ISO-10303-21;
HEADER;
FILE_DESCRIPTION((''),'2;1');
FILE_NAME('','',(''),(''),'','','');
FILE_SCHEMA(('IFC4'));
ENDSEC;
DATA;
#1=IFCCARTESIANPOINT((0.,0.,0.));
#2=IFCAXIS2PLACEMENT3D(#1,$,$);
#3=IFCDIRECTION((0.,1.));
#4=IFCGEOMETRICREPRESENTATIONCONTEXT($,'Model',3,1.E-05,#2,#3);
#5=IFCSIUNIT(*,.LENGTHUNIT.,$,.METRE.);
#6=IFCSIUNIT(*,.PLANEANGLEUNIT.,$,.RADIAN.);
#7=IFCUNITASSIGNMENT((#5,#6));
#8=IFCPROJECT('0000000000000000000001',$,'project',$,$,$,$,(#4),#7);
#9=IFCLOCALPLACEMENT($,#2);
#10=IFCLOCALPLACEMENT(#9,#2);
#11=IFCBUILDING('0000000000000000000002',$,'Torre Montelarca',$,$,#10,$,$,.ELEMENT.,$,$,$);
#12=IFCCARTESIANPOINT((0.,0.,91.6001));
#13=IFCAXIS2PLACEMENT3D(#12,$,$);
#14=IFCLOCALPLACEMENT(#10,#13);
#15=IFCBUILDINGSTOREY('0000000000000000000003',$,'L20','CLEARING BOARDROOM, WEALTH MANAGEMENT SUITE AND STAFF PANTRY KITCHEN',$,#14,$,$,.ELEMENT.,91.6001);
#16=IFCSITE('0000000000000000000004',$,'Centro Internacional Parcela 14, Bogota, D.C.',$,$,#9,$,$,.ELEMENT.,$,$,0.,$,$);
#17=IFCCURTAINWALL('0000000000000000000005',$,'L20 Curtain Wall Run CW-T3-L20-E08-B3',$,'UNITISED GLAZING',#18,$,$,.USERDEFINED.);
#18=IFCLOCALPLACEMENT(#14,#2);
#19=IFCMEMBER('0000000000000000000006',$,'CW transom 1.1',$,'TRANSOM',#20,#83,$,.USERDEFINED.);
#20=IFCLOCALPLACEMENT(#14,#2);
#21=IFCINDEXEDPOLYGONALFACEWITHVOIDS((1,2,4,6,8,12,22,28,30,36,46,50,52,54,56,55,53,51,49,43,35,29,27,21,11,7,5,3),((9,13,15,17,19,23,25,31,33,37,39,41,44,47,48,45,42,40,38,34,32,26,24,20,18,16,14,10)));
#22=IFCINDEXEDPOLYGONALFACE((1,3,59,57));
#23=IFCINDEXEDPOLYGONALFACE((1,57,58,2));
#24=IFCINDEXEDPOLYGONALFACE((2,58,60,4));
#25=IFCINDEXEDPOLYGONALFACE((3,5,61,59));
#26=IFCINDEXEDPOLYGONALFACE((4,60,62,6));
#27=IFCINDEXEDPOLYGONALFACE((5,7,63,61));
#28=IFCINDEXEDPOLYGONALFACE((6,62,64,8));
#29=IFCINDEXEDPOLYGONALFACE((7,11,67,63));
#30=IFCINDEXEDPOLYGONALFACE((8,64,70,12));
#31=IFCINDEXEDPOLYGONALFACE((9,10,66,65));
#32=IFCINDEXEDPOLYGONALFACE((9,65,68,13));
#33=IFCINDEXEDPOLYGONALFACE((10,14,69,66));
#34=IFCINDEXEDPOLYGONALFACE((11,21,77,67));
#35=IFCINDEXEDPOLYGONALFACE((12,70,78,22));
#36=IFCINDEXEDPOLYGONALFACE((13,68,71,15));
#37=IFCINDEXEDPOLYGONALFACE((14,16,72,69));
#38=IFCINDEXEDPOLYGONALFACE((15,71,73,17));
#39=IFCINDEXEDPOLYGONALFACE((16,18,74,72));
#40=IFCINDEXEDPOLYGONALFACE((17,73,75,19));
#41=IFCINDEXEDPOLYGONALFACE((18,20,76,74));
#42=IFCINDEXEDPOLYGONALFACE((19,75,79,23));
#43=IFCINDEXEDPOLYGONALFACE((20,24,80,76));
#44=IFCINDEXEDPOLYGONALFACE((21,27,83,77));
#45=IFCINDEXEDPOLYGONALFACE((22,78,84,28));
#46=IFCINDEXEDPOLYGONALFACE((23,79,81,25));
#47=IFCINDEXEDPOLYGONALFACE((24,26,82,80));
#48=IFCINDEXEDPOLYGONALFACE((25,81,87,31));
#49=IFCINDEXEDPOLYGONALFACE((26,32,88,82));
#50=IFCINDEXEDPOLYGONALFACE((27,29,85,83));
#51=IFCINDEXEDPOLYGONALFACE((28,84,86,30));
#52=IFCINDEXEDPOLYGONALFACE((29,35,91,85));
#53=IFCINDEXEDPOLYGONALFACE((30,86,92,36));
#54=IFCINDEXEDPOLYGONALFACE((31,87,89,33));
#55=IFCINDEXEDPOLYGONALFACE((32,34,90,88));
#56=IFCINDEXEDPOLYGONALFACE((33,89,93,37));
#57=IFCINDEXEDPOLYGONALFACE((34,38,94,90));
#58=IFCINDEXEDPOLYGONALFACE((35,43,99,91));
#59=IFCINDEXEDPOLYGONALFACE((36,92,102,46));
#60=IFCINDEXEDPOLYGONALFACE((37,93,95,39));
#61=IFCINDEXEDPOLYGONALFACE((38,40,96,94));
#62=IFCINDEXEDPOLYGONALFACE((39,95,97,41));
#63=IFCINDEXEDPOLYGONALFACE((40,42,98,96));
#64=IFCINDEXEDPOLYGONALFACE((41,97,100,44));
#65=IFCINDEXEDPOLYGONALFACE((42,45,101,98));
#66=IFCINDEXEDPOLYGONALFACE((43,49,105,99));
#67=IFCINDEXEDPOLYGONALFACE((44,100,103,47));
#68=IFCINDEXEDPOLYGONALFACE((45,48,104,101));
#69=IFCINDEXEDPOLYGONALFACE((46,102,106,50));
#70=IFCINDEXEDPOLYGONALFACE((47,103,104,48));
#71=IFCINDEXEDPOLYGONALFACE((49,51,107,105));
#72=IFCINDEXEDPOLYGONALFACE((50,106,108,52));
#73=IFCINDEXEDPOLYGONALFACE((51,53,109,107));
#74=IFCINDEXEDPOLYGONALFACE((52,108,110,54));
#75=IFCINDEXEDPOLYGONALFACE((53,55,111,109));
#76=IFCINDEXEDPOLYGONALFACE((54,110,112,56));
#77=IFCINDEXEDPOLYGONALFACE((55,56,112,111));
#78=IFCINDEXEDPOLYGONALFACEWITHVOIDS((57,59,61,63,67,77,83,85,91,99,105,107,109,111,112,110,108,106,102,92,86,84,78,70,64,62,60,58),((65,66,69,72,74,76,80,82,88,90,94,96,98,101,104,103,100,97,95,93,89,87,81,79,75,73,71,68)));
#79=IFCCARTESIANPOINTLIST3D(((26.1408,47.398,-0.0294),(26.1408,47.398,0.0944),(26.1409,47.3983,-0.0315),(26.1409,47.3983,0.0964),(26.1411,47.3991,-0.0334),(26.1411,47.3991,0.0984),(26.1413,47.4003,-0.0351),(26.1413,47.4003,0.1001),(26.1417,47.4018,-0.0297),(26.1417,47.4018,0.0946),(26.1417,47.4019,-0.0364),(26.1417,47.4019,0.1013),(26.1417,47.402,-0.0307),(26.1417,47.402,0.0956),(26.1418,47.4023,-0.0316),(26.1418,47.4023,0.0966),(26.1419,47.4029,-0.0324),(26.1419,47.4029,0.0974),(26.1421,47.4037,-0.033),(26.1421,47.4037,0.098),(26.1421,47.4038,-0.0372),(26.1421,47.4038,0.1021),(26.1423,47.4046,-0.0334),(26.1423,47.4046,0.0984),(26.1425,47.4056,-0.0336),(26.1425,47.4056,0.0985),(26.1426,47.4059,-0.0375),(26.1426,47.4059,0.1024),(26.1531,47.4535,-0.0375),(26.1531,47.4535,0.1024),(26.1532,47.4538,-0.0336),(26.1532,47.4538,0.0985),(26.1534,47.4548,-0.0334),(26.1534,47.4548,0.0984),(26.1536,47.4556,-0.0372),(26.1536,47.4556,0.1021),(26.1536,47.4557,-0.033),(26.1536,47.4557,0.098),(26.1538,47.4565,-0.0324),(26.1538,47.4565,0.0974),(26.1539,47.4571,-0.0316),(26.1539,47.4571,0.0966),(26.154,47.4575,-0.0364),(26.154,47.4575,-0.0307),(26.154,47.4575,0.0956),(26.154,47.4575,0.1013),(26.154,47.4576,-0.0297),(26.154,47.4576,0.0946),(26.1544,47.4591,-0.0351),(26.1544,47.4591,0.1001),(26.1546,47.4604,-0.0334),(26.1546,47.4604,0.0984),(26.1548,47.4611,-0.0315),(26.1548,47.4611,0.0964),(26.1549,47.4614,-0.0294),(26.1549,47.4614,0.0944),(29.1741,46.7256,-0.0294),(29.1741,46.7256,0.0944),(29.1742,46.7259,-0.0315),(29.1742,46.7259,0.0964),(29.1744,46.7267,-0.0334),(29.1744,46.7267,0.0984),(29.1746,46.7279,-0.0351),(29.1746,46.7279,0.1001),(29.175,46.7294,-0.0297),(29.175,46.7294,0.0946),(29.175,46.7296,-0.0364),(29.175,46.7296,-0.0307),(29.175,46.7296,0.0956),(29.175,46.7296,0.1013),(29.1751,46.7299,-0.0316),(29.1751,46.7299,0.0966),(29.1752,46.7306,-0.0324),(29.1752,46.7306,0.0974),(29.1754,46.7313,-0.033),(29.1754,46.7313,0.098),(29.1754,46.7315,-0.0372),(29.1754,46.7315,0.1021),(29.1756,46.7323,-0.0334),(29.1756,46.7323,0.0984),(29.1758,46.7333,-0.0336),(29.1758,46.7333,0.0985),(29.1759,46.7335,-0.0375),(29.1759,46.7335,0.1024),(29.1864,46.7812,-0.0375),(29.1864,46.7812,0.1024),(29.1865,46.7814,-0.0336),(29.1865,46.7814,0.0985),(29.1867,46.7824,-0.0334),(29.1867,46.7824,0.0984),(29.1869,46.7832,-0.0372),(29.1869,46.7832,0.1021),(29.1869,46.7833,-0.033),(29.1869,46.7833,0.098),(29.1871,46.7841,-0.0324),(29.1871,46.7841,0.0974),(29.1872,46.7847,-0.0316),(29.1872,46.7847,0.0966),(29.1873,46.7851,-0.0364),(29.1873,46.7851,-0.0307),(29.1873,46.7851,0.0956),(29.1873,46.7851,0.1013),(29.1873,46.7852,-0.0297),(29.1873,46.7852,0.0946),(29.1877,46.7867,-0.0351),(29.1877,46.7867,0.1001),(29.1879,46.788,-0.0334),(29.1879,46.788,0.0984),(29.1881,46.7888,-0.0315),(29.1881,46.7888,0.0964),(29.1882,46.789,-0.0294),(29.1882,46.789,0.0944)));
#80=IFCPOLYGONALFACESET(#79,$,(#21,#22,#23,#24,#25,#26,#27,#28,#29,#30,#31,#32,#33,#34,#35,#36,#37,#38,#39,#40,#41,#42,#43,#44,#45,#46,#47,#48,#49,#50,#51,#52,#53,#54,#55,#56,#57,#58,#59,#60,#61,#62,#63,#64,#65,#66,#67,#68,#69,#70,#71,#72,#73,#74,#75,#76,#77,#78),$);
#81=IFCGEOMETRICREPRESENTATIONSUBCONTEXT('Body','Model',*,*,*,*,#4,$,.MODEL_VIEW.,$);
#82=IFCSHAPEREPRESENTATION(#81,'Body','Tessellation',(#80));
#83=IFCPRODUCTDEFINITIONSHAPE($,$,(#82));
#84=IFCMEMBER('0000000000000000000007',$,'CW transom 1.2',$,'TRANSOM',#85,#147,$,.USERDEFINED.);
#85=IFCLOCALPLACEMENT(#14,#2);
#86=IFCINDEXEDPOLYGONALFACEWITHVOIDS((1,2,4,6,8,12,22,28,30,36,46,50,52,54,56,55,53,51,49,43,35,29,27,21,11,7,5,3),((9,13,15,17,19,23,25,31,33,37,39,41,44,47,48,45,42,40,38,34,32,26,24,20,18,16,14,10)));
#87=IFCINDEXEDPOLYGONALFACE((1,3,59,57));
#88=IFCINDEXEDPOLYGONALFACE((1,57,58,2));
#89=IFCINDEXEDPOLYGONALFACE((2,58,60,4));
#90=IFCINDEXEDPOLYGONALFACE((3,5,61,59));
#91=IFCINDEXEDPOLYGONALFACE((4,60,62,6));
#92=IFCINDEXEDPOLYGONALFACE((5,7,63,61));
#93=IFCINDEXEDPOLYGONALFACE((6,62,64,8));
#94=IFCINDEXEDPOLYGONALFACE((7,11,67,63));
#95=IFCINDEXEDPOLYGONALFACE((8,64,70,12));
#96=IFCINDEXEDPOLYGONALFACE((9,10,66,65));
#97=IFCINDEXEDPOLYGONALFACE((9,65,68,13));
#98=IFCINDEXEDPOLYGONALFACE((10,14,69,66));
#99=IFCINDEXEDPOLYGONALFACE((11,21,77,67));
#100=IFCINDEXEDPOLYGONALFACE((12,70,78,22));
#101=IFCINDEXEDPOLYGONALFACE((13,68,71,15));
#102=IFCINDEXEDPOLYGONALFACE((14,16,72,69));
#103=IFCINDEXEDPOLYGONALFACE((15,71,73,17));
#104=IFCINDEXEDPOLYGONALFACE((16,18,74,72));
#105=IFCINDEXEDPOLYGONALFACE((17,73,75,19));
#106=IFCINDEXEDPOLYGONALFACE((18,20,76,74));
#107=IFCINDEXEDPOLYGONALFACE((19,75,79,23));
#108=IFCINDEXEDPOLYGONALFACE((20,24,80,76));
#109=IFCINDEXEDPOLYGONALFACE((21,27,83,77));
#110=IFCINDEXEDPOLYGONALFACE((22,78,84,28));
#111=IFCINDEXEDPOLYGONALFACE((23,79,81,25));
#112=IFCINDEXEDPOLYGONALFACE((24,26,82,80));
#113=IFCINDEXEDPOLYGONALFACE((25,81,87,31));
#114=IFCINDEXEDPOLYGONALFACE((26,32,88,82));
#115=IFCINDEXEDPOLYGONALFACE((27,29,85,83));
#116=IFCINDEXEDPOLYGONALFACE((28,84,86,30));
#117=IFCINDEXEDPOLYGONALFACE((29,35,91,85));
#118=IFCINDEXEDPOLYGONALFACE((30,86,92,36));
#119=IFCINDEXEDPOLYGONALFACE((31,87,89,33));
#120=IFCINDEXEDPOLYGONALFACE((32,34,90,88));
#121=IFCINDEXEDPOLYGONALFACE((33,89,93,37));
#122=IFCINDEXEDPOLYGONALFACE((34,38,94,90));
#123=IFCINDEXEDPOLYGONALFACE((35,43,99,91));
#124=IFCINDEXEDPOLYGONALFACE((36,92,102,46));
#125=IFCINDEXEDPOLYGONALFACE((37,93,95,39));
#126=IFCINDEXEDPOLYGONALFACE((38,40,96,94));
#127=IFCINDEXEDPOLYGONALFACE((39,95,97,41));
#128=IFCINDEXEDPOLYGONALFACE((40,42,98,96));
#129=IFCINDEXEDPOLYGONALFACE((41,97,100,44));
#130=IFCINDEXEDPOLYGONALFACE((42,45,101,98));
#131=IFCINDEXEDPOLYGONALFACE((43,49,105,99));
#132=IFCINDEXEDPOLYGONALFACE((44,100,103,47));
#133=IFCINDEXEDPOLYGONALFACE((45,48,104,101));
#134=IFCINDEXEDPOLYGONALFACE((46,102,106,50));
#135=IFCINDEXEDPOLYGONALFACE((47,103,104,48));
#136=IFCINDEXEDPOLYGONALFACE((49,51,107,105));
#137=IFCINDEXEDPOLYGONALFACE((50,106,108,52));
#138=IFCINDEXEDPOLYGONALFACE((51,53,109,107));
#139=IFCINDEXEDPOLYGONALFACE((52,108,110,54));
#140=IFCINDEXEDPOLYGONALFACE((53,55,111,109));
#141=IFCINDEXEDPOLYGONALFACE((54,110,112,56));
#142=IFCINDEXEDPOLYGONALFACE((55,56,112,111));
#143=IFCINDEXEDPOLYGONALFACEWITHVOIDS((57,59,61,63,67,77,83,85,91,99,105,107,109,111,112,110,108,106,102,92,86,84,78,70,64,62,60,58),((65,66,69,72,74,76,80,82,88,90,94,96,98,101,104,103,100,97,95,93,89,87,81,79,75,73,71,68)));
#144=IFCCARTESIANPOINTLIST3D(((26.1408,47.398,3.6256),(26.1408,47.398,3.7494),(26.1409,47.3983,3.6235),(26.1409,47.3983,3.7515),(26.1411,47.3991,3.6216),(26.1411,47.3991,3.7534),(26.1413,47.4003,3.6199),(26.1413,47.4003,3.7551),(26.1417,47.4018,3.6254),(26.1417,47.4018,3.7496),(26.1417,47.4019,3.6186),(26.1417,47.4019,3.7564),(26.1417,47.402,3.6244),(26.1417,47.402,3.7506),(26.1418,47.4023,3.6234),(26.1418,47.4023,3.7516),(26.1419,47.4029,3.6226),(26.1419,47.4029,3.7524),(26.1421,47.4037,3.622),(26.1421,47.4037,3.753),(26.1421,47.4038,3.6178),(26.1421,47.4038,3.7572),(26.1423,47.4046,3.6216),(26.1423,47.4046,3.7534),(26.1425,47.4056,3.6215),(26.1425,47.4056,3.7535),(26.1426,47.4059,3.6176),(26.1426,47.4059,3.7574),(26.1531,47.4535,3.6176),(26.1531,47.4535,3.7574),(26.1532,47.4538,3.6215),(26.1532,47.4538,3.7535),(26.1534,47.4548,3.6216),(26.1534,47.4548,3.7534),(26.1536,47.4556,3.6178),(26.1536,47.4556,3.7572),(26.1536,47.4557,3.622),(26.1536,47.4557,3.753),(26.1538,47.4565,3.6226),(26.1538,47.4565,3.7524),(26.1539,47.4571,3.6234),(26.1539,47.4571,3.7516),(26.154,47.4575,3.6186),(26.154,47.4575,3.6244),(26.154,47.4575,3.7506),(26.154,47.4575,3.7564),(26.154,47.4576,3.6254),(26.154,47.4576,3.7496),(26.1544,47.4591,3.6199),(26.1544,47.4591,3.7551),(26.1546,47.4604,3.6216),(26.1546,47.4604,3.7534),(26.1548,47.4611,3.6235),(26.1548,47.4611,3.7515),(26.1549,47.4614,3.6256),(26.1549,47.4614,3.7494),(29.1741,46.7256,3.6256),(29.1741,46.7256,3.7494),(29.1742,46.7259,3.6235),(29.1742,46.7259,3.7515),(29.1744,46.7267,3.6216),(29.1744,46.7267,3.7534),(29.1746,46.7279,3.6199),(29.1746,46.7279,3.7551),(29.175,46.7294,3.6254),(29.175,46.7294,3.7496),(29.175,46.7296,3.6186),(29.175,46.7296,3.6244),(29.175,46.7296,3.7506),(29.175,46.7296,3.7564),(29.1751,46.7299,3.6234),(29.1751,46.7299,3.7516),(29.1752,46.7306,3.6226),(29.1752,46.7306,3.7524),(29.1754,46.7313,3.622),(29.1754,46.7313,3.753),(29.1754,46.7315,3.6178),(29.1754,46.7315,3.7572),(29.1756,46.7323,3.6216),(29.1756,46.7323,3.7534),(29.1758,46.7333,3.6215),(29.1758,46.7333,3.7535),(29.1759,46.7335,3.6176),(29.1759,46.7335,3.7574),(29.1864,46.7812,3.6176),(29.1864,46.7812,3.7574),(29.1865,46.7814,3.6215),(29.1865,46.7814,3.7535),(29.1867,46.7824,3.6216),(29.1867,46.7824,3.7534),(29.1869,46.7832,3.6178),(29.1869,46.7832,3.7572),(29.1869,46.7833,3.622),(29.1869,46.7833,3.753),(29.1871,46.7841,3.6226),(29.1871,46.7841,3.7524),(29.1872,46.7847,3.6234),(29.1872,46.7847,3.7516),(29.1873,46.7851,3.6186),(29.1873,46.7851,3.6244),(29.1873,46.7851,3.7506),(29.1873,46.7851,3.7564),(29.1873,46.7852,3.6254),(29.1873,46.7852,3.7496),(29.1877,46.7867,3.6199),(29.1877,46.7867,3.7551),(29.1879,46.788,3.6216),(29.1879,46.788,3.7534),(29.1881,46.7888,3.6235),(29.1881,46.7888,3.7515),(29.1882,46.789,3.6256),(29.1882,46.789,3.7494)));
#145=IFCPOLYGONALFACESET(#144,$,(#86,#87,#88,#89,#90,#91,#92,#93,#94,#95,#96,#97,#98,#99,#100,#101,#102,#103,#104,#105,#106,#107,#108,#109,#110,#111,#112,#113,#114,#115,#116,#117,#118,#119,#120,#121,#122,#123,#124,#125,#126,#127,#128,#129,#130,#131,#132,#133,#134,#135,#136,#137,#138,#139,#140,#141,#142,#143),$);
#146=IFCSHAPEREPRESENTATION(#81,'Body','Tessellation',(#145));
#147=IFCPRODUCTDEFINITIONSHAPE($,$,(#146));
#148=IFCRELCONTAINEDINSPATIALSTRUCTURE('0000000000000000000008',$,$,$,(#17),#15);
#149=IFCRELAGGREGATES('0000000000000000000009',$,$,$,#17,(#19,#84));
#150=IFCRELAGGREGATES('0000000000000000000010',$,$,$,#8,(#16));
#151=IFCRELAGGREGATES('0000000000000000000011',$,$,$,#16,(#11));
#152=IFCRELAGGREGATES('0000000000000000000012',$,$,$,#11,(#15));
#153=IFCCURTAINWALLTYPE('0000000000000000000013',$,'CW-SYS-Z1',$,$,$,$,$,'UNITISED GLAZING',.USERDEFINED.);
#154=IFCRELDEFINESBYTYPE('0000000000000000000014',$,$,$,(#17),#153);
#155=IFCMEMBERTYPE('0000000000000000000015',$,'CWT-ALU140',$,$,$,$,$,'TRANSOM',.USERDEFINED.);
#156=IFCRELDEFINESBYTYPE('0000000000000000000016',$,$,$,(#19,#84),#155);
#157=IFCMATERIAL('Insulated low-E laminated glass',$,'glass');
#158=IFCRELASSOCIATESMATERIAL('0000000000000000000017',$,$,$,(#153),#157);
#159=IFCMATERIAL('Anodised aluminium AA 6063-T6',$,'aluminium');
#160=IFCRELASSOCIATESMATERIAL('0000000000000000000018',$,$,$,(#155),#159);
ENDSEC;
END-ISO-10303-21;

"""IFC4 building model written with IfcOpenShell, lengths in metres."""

from ifc_helpers import new_model, si_unit, direction, frame, origin, origin_2d, place, context, subcontext, project, spatial, hollow_rectangle, extrude, source, transform, mapped, material, material_profile, profile_set, type_object, element, aggregate, save


model = new_model("IFC4")

# Units and contexts
model_context = context("Model", 3, precision=1e-05, world=origin(), true_north=direction((0.0, 1.0)))
body_context = subcontext(model_context, "Body", "Model", "MODEL_VIEW")
ifc_project = project(units=[si_unit("LENGTHUNIT", "METRE"), si_unit("PLANEANGLEUNIT", "RADIAN")], contexts=[model_context])

# Site, building, storey
site_placement = place(None, origin())
site = spatial("IfcSite", under=ifc_project, at=site_placement, Name="Centro Internacional Parcela 14, Bogota, D.C.", CompositionType="ELEMENT", RefElevation=0.0)
building_placement = place(site_placement, origin())
building = spatial("IfcBuilding", under=site, at=building_placement, Name="Torre Montelarca", CompositionType="ELEMENT")
storey_placement = place(building_placement, frame((0.0, 0.0, 91.6001)))
storey = spatial("IfcBuildingStorey", under=building, at=storey_placement, Name="L20", Description="CLEARING BOARDROOM, WEALTH MANAGEMENT SUITE AND STAFF PANTRY KITCHEN", CompositionType="ELEMENT", Elevation=91.6001)

# Curtain wall, members
ifc_material_1 = material(Name="Insulated low-E laminated glass", Category="glass")
curtain_wall_type = type_object("IfcCurtainWallType", Name="CW-SYS-Z1", ElementType="UNITISED GLAZING", PredefinedType="USERDEFINED", material=ifc_material_1)
ifc_material_2 = material(Name="Anodised aluminium AA 6063-T6", Category="aluminium")
ifc_material_profile_1 = material_profile(ifc_material_2, hollow_rectangle(XDim=0.0649, YDim=0.1399, WallThickness=0.0039, InnerFilletRadius=0.0039, OuterFilletRadius=0.0081, at=origin_2d()), Name="ALU65X140X4", Category="aluminium")
ifc_profile_set_1 = profile_set([ifc_material_profile_1], Name="Anodised aluminium AA 6063-T6")
member_type_1 = type_object("IfcMemberType", Name="CWT-ALU140", ElementType="TRANSOM", PredefinedType="USERDEFINED", material=ifc_profile_set_1)
curtain_wall_1_placement = place(storey_placement, origin())
curtain_wall_1 = element("IfcCurtainWall", 1, at=curtain_wall_1_placement, inside=storey, type_object=curtain_wall_type, Name="L20 Curtain Wall Run CW-T3-L20-E08-B3", ObjectType="UNITISED GLAZING", PredefinedType="USERDEFINED")
shared_shape_1 = source(origin(), body_context, "Body", "SweptSolid", [
    extrude(hollow_rectangle(XDim=0.0649, YDim=0.1399, WallThickness=0.0039, InnerFilletRadius=0.0039, OuterFilletRadius=0.0081, at=origin_2d()), origin(), (0.0, 0.0, 1.0), 3.1069),
])
member_1_placement = place(storey_placement, frame((29.1812, 46.7573, 0.0325), z_axis=(-0.976302, 0.216415, 0.0), x_axis=(-0.216415, -0.976302, 0.0)))
member_1 = element("IfcMember", 2, at=member_1_placement, type_object=member_type_1, Name="CW transom 1.1", ObjectType="TRANSOM", PredefinedType="USERDEFINED", context=body_context, shape_type="MappedRepresentation", body=[
    mapped(shared_shape_1, transform((0.0, 0.0, 0.0), scale=1.0)),
])
member_2_placement = place(storey_placement, frame((29.1812, 46.7573, 3.6875), z_axis=(-0.976302, 0.216415, 0.0), x_axis=(-0.216415, -0.976302, 0.0)))
member_2 = element("IfcMember", 3, at=member_2_placement, type_object=member_type_1, Name="CW transom 1.2", ObjectType="TRANSOM", PredefinedType="USERDEFINED", context=body_context, shape_type="MappedRepresentation", body=[
    mapped(shared_shape_1, transform((0.0, 0.0, 0.0), scale=1.0)),
])

aggregate(curtain_wall_1, [member_1, member_2])

save(model, "model.ifc")
